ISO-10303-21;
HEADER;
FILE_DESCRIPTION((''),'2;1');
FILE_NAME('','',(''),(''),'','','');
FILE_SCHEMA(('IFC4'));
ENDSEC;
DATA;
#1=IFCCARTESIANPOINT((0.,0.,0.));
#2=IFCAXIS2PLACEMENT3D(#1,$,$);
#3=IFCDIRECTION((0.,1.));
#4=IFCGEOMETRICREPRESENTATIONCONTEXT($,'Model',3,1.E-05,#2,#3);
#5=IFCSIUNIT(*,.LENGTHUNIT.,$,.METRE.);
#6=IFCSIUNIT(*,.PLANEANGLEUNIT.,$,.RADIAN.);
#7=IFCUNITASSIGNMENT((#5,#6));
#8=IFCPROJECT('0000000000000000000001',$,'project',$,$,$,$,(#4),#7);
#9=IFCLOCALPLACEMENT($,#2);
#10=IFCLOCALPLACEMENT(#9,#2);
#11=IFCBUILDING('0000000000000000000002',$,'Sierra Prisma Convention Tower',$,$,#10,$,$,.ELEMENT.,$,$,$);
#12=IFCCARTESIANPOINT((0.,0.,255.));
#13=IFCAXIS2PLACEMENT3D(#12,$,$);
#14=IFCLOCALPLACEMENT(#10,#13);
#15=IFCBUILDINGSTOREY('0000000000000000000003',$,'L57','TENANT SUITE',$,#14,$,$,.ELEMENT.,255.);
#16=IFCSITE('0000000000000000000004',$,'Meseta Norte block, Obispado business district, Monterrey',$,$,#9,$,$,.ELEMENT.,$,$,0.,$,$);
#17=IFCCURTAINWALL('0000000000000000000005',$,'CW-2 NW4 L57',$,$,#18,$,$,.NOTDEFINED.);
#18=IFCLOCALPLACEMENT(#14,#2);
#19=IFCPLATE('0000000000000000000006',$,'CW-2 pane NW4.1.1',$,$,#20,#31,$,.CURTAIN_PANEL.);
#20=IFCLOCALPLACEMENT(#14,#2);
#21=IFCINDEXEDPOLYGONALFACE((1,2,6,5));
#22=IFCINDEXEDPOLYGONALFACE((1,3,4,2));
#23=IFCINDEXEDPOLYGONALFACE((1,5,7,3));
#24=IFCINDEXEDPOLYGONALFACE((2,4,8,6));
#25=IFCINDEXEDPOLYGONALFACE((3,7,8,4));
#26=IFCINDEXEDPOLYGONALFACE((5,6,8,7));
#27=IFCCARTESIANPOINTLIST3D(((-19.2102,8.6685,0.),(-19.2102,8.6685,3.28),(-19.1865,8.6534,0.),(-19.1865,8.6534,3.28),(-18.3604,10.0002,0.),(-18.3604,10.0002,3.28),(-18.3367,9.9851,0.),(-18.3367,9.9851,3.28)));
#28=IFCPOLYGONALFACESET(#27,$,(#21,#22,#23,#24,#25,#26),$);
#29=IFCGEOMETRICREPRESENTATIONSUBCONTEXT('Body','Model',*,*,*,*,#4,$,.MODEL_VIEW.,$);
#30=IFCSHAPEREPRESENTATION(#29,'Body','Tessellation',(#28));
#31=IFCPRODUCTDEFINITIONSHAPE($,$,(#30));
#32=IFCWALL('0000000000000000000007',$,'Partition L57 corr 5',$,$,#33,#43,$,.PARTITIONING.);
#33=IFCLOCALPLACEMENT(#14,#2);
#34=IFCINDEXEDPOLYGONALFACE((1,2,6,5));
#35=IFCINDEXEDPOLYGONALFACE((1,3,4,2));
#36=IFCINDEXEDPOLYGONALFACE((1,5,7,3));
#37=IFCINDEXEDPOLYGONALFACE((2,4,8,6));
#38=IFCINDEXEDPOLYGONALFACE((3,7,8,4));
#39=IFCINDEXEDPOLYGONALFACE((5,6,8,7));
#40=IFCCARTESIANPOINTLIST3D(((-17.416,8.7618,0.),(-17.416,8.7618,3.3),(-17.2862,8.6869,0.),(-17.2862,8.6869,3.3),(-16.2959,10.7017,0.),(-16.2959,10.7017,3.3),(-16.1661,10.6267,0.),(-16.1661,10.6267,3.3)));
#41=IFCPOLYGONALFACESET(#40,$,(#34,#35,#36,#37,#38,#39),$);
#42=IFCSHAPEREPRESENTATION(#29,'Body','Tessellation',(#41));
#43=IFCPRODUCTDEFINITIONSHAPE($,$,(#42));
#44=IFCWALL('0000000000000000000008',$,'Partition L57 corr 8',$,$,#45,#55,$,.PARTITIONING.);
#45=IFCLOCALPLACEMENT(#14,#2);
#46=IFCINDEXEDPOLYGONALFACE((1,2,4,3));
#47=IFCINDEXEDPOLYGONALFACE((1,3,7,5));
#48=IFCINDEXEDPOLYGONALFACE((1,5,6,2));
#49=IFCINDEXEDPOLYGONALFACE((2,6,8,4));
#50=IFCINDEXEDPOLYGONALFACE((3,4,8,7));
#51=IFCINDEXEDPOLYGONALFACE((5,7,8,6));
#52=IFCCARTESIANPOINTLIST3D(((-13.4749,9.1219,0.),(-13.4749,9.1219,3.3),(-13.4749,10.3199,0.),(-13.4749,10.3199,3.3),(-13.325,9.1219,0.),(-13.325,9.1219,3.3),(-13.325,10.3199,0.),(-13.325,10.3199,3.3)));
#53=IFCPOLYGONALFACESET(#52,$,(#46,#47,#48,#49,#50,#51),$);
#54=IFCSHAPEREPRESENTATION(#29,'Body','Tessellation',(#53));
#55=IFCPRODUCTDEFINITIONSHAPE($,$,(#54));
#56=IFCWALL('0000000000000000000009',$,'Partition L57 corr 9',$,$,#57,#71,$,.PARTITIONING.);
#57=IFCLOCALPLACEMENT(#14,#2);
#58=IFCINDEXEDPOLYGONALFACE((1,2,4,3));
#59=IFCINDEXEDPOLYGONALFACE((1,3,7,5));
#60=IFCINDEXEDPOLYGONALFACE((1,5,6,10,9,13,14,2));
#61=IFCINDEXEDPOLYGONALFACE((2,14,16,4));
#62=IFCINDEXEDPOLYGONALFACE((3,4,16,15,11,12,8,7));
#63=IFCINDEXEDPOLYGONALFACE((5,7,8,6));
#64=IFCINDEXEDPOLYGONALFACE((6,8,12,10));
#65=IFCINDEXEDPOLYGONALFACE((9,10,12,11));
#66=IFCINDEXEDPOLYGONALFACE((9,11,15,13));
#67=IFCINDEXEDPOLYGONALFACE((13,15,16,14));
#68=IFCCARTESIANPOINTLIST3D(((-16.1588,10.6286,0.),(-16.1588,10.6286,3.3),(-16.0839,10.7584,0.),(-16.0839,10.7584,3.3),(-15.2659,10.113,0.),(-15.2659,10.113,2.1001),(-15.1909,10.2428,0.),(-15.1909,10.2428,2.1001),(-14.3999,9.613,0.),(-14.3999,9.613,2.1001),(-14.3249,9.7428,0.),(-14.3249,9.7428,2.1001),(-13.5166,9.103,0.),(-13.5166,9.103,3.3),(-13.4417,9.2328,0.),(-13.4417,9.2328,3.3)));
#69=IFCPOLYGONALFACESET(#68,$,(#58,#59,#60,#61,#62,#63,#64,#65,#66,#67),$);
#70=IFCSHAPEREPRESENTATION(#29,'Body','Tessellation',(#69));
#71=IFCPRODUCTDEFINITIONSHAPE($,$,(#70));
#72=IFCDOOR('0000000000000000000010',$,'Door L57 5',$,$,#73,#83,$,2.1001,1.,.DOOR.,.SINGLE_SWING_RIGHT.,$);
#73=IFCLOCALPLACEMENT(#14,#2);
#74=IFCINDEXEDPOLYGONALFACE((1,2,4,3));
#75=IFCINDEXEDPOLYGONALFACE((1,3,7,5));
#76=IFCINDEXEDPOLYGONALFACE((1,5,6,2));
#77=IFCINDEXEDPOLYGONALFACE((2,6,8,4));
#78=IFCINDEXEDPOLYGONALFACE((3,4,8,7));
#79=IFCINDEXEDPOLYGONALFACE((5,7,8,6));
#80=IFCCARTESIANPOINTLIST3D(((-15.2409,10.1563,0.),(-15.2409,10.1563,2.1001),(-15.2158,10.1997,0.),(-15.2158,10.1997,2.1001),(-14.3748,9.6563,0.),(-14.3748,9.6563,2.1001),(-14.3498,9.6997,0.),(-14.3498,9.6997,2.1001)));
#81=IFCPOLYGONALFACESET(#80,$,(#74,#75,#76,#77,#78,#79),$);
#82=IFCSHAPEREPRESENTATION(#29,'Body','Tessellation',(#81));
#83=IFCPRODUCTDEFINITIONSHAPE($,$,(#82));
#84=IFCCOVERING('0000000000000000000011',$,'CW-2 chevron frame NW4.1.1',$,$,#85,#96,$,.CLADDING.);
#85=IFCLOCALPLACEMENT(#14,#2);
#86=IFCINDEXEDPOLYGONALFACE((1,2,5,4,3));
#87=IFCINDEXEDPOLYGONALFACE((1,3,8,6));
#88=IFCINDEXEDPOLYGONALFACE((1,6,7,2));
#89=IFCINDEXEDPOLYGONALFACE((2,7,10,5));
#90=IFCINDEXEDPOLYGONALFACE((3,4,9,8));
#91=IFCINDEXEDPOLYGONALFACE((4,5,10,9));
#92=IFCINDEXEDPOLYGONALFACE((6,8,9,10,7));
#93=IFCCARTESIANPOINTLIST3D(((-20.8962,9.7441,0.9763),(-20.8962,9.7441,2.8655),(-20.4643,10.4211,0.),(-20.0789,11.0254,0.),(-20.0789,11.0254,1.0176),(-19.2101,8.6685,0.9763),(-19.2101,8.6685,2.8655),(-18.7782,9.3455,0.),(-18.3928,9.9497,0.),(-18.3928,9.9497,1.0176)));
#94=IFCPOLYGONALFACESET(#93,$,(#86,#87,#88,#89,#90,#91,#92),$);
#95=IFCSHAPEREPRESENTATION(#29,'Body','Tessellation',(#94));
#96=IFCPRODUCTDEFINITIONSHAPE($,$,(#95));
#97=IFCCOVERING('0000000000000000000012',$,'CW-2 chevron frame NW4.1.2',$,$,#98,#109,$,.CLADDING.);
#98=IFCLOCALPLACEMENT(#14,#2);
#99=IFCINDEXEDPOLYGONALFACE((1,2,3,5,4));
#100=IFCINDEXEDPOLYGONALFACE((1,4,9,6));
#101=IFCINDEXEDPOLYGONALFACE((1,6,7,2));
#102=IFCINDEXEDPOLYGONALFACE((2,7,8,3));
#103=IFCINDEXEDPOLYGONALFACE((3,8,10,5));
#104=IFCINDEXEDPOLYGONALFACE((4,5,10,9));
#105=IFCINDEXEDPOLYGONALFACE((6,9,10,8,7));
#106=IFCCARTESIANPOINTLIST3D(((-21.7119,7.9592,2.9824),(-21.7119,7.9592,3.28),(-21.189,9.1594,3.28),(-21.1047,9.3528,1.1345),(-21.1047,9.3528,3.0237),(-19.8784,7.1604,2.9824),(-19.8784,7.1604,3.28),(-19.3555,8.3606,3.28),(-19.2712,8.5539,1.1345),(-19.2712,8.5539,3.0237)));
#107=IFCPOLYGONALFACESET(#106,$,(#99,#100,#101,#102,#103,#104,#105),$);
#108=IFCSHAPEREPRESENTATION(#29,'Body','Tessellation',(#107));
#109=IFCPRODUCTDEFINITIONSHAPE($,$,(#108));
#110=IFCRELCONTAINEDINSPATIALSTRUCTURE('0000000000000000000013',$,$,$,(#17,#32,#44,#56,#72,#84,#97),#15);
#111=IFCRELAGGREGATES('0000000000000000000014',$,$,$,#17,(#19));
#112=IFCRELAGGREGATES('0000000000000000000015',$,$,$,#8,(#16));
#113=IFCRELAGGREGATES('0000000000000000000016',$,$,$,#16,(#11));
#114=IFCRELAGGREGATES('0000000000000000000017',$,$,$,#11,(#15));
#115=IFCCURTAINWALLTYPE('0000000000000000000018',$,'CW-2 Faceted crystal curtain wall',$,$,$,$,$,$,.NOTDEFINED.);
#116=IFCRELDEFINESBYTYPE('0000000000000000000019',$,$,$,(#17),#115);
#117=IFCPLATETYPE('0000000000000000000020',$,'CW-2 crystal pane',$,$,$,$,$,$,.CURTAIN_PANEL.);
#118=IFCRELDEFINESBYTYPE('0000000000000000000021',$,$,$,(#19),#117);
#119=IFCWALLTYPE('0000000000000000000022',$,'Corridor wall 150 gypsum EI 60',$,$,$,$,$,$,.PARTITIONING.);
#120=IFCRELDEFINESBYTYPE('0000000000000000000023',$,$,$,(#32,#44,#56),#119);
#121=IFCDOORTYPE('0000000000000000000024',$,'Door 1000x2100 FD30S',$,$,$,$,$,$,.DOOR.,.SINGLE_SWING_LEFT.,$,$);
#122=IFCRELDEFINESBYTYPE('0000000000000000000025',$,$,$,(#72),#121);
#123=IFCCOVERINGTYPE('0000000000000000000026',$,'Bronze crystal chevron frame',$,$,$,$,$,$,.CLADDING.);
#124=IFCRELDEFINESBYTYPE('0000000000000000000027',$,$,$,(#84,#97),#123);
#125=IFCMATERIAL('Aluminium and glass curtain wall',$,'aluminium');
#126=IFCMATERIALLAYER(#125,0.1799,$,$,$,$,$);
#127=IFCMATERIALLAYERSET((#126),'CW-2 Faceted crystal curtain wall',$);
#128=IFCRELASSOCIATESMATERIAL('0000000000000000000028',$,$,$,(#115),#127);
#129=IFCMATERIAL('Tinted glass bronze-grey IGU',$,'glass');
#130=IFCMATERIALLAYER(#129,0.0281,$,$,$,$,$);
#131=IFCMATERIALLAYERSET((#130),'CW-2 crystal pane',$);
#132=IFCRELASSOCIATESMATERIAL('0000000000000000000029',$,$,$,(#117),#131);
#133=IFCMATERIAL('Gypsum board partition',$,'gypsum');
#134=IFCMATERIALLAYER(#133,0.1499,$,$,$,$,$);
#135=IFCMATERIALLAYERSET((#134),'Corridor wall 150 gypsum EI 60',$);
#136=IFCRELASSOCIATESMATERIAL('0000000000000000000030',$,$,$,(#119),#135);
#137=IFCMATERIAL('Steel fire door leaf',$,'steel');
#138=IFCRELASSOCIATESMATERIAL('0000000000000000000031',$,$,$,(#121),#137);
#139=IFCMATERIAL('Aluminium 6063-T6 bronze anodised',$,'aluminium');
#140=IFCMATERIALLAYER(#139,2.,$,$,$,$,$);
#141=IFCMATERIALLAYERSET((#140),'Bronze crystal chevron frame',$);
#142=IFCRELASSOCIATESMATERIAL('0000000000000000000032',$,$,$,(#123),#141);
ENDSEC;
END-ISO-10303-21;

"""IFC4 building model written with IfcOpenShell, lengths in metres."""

from ifc_helpers import new_model, si_unit, direction, frame, frame_2d, origin, place, context, subcontext, project, spatial, polyline, rectangle, outline, extrude, material, layer, layer_set, type_object, element, fill, aggregate, save


model = new_model("IFC4")

# Units and contexts
model_context = context("Model", 3, precision=1e-05, world=origin(), true_north=direction((0.0, 1.0)))
body_context = subcontext(model_context, "Body", "Model", "MODEL_VIEW")
ifc_project = project(units=[si_unit("LENGTHUNIT", "METRE"), si_unit("PLANEANGLEUNIT", "RADIAN")], contexts=[model_context])

# Site, building, storey
site_placement = place(None, origin())
site = spatial("IfcSite", under=ifc_project, at=site_placement, Name="Meseta Norte block, Obispado business district, Monterrey", CompositionType="ELEMENT", RefElevation=0.0)
building_placement = place(site_placement, origin())
building = spatial("IfcBuilding", under=site, at=building_placement, Name="Sierra Prisma Convention Tower", CompositionType="ELEMENT")
storey_placement = place(building_placement, frame((0.0, 0.0, 255.0)))
storey = spatial("IfcBuildingStorey", under=building, at=storey_placement, Name="L57", Description="TENANT SUITE", CompositionType="ELEMENT", Elevation=255.0)

# Curtain wall
ifc_material_1 = material(Name="Aluminium and glass curtain wall", Category="aluminium")
ifc_layer_1 = layer(ifc_material_1, 0.1799)
ifc_layer_set_1 = layer_set([ifc_layer_1], Name="CW-2 Faceted crystal curtain wall")
curtain_wall_type_1 = type_object("IfcCurtainWallType", Name="CW-2 Faceted crystal curtain wall", PredefinedType="NOTDEFINED", material=ifc_layer_set_1)
curtain_wall_1_placement = place(storey_placement, origin())
curtain_wall_1 = element("IfcCurtainWall", 1, at=curtain_wall_1_placement, inside=storey, type_object=curtain_wall_type_1, Name="CW-2 NW4 L57", PredefinedType="NOTDEFINED")

# Plate
ifc_material_2 = material(Name="Tinted glass bronze-grey IGU", Category="glass")
ifc_layer_2 = layer(ifc_material_2, 0.0281)
ifc_layer_set_2 = layer_set([ifc_layer_2], Name="CW-2 crystal pane")
plate_type_1 = type_object("IfcPlateType", Name="CW-2 crystal pane", PredefinedType="CURTAIN_PANEL", material=ifc_layer_set_2)
plate_1_placement = place(storey_placement, frame((-18.3604, 10.0002, 0.0), z_axis=(-0.842986, 0.537935, 0.0), x_axis=(-0.537935, -0.842986, 0.0)))
plate_1 = element("IfcPlate", 2, at=plate_1_placement, type_object=plate_type_1, Name="CW-2 pane NW4.1.1", PredefinedType="CURTAIN_PANEL", context=body_context, shape_type="SweptSolid", body=[
    extrude(outline(polyline([(0.0, 0.0), (1.5798, 0.0), (1.5798, 3.28), (0.0, 3.28), (0.0, 0.0)])), origin(), (0.0, 0.0, -1.0), 0.0281),
])
aggregate(curtain_wall_1, [plate_1])

# Walls
ifc_material_3 = material(Name="Gypsum board partition", Category="gypsum")
ifc_layer_3 = layer(ifc_material_3, 0.1499)
ifc_layer_set_3 = layer_set([ifc_layer_3], Name="Corridor wall 150 gypsum EI 60")
wall_type = type_object("IfcWallType", Name="Corridor wall 150 gypsum EI 60", PredefinedType="PARTITIONING", material=ifc_layer_set_3)
wall_1_placement = place(storey_placement, frame((-16.231, 10.6643, 0.0), z_axis=(0.0, 0.0, 1.0), x_axis=(-0.500031, -0.866008, 0.0)))
element("IfcWall", 3, at=wall_1_placement, inside=storey, type_object=wall_type, Name="Partition L57 corr 5", PredefinedType="PARTITIONING", context=body_context, shape_type="SweptSolid", body=[
    extrude(rectangle(XDim=2.24, YDim=0.1499, at=frame_2d((1.1201, 0.0))), origin(), (0.0, 0.0, 1.0), 3.3),
])
wall_2_placement = place(storey_placement, frame((-13.3999, 10.3201, 0.0), z_axis=(0.0, 0.0, 1.0), x_axis=(0.0, -1.0, 0.0)))
element("IfcWall", 4, at=wall_2_placement, inside=storey, type_object=wall_type, Name="Partition L57 corr 8", PredefinedType="PARTITIONING", context=body_context, shape_type="SweptSolid", body=[
    extrude(rectangle(XDim=1.198, YDim=0.1499, at=frame_2d((0.5991, 0.0))), origin(), (0.0, 0.0, 1.0), 3.3),
])

# Wall, opening, door
wall_3_placement = place(storey_placement, frame((-13.4792, 9.168, 0.0), z_axis=(0.0, 0.0, 1.0), x_axis=(-0.866014, 0.50002, 0.0)))
wall_3 = element("IfcWall", 5, at=wall_3_placement, inside=storey, type_object=wall_type, Name="Partition L57 corr 9", PredefinedType="PARTITIONING", context=body_context, shape_type="SweptSolid", body=[
    extrude(rectangle(XDim=3.051, YDim=0.1499, at=frame_2d((1.5254, 0.0))), origin(), (0.0, 0.0, 1.0), 3.3),
])
opening_placement = place(wall_3_placement, frame((1.0198, 0.0, 0.0)))
opening = element("IfcOpeningElement", 6, at=opening_placement, cuts=wall_3, PredefinedType="OPENING", context=body_context, shape_type="SweptSolid", body=[
    extrude(rectangle(XDim=1.0, YDim=2.1001, at=frame_2d((0.5, 1.05))), frame((0.0, 0.075, 0.0), z_axis=(0.0, -1.0, 0.0), x_axis=(1.0, 0.0, 0.0)), (0.0, 0.0, 1.0), 0.1499),
])
ifc_material_4 = material(Name="Steel fire door leaf", Category="steel")
door_type = type_object("IfcDoorType", Name="Door 1000x2100 FD30S", OperationType="SINGLE_SWING_LEFT", PredefinedType="DOOR", material=ifc_material_4)
door_placement = place(opening_placement, origin())
door = element("IfcDoor", 7, at=door_placement, inside=storey, type_object=door_type, Name="Door L57 5", OperationType="SINGLE_SWING_RIGHT", OverallHeight=2.1001, OverallWidth=1.0, PredefinedType="DOOR", context=body_context, shape_type="SweptSolid", body=[
    extrude(rectangle(XDim=1.0, YDim=2.1001, at=frame_2d((0.5, 1.05))), frame((0.0, 0.0249, 0.0), z_axis=(0.0, -1.0, 0.0), x_axis=(1.0, 0.0, 0.0)), (0.0, 0.0, 1.0), 0.05),
])
fill(opening, door)

# Coverings
ifc_material_5 = material(Name="Aluminium 6063-T6 bronze anodised", Category="aluminium")
ifc_layer_4 = layer(ifc_material_5, 2.0)
ifc_layer_set_4 = layer_set([ifc_layer_4], Name="Bronze crystal chevron frame")
covering_type = type_object("IfcCoveringType", Name="Bronze crystal chevron frame", PredefinedType="CLADDING", material=ifc_layer_set_4)
covering_1_placement = place(storey_placement, frame((-20.0789, 11.0254, 0.0), z_axis=(-0.843051, 0.537833, 0.000003), x_axis=(-0.537833, -0.843051, 0.0)))
element("IfcCovering", 8, at=covering_1_placement, inside=storey, type_object=covering_type, Name="CW-2 chevron frame NW4.1.1", PredefinedType="CLADDING", context=body_context, shape_type="SweptSolid", body=[
    extrude(outline(polyline([(0.0, 0.0), (0.7167, 0.0), (1.5198, 0.9763), (1.5198, 2.8655), (0.0, 1.0176), (0.0, 0.0)])), origin(), (0.0, 0.0, -1.0), 2.0),
])
covering_2_placement = place(storey_placement, frame((-21.1047, 9.3528, 3.0237), z_axis=(-0.91676, 0.399438, 0.000007), x_axis=(-0.000007, 0.000003, -1.0)))
element("IfcCovering", 9, at=covering_2_placement, inside=storey, type_object=covering_type, Name="CW-2 chevron frame NW4.1.2", PredefinedType="CLADDING", context=body_context, shape_type="SweptSolid", body=[
    extrude(outline(polyline([(0.0, 0.0), (1.8892, 0.0), (0.0413, 1.5201), (-0.2563, 1.5201), (-0.2563, 0.2109), (0.0, 0.0)])), origin(), (0.0, 0.0, -1.0), 2.0),
])

save(model, "model.ifc")
